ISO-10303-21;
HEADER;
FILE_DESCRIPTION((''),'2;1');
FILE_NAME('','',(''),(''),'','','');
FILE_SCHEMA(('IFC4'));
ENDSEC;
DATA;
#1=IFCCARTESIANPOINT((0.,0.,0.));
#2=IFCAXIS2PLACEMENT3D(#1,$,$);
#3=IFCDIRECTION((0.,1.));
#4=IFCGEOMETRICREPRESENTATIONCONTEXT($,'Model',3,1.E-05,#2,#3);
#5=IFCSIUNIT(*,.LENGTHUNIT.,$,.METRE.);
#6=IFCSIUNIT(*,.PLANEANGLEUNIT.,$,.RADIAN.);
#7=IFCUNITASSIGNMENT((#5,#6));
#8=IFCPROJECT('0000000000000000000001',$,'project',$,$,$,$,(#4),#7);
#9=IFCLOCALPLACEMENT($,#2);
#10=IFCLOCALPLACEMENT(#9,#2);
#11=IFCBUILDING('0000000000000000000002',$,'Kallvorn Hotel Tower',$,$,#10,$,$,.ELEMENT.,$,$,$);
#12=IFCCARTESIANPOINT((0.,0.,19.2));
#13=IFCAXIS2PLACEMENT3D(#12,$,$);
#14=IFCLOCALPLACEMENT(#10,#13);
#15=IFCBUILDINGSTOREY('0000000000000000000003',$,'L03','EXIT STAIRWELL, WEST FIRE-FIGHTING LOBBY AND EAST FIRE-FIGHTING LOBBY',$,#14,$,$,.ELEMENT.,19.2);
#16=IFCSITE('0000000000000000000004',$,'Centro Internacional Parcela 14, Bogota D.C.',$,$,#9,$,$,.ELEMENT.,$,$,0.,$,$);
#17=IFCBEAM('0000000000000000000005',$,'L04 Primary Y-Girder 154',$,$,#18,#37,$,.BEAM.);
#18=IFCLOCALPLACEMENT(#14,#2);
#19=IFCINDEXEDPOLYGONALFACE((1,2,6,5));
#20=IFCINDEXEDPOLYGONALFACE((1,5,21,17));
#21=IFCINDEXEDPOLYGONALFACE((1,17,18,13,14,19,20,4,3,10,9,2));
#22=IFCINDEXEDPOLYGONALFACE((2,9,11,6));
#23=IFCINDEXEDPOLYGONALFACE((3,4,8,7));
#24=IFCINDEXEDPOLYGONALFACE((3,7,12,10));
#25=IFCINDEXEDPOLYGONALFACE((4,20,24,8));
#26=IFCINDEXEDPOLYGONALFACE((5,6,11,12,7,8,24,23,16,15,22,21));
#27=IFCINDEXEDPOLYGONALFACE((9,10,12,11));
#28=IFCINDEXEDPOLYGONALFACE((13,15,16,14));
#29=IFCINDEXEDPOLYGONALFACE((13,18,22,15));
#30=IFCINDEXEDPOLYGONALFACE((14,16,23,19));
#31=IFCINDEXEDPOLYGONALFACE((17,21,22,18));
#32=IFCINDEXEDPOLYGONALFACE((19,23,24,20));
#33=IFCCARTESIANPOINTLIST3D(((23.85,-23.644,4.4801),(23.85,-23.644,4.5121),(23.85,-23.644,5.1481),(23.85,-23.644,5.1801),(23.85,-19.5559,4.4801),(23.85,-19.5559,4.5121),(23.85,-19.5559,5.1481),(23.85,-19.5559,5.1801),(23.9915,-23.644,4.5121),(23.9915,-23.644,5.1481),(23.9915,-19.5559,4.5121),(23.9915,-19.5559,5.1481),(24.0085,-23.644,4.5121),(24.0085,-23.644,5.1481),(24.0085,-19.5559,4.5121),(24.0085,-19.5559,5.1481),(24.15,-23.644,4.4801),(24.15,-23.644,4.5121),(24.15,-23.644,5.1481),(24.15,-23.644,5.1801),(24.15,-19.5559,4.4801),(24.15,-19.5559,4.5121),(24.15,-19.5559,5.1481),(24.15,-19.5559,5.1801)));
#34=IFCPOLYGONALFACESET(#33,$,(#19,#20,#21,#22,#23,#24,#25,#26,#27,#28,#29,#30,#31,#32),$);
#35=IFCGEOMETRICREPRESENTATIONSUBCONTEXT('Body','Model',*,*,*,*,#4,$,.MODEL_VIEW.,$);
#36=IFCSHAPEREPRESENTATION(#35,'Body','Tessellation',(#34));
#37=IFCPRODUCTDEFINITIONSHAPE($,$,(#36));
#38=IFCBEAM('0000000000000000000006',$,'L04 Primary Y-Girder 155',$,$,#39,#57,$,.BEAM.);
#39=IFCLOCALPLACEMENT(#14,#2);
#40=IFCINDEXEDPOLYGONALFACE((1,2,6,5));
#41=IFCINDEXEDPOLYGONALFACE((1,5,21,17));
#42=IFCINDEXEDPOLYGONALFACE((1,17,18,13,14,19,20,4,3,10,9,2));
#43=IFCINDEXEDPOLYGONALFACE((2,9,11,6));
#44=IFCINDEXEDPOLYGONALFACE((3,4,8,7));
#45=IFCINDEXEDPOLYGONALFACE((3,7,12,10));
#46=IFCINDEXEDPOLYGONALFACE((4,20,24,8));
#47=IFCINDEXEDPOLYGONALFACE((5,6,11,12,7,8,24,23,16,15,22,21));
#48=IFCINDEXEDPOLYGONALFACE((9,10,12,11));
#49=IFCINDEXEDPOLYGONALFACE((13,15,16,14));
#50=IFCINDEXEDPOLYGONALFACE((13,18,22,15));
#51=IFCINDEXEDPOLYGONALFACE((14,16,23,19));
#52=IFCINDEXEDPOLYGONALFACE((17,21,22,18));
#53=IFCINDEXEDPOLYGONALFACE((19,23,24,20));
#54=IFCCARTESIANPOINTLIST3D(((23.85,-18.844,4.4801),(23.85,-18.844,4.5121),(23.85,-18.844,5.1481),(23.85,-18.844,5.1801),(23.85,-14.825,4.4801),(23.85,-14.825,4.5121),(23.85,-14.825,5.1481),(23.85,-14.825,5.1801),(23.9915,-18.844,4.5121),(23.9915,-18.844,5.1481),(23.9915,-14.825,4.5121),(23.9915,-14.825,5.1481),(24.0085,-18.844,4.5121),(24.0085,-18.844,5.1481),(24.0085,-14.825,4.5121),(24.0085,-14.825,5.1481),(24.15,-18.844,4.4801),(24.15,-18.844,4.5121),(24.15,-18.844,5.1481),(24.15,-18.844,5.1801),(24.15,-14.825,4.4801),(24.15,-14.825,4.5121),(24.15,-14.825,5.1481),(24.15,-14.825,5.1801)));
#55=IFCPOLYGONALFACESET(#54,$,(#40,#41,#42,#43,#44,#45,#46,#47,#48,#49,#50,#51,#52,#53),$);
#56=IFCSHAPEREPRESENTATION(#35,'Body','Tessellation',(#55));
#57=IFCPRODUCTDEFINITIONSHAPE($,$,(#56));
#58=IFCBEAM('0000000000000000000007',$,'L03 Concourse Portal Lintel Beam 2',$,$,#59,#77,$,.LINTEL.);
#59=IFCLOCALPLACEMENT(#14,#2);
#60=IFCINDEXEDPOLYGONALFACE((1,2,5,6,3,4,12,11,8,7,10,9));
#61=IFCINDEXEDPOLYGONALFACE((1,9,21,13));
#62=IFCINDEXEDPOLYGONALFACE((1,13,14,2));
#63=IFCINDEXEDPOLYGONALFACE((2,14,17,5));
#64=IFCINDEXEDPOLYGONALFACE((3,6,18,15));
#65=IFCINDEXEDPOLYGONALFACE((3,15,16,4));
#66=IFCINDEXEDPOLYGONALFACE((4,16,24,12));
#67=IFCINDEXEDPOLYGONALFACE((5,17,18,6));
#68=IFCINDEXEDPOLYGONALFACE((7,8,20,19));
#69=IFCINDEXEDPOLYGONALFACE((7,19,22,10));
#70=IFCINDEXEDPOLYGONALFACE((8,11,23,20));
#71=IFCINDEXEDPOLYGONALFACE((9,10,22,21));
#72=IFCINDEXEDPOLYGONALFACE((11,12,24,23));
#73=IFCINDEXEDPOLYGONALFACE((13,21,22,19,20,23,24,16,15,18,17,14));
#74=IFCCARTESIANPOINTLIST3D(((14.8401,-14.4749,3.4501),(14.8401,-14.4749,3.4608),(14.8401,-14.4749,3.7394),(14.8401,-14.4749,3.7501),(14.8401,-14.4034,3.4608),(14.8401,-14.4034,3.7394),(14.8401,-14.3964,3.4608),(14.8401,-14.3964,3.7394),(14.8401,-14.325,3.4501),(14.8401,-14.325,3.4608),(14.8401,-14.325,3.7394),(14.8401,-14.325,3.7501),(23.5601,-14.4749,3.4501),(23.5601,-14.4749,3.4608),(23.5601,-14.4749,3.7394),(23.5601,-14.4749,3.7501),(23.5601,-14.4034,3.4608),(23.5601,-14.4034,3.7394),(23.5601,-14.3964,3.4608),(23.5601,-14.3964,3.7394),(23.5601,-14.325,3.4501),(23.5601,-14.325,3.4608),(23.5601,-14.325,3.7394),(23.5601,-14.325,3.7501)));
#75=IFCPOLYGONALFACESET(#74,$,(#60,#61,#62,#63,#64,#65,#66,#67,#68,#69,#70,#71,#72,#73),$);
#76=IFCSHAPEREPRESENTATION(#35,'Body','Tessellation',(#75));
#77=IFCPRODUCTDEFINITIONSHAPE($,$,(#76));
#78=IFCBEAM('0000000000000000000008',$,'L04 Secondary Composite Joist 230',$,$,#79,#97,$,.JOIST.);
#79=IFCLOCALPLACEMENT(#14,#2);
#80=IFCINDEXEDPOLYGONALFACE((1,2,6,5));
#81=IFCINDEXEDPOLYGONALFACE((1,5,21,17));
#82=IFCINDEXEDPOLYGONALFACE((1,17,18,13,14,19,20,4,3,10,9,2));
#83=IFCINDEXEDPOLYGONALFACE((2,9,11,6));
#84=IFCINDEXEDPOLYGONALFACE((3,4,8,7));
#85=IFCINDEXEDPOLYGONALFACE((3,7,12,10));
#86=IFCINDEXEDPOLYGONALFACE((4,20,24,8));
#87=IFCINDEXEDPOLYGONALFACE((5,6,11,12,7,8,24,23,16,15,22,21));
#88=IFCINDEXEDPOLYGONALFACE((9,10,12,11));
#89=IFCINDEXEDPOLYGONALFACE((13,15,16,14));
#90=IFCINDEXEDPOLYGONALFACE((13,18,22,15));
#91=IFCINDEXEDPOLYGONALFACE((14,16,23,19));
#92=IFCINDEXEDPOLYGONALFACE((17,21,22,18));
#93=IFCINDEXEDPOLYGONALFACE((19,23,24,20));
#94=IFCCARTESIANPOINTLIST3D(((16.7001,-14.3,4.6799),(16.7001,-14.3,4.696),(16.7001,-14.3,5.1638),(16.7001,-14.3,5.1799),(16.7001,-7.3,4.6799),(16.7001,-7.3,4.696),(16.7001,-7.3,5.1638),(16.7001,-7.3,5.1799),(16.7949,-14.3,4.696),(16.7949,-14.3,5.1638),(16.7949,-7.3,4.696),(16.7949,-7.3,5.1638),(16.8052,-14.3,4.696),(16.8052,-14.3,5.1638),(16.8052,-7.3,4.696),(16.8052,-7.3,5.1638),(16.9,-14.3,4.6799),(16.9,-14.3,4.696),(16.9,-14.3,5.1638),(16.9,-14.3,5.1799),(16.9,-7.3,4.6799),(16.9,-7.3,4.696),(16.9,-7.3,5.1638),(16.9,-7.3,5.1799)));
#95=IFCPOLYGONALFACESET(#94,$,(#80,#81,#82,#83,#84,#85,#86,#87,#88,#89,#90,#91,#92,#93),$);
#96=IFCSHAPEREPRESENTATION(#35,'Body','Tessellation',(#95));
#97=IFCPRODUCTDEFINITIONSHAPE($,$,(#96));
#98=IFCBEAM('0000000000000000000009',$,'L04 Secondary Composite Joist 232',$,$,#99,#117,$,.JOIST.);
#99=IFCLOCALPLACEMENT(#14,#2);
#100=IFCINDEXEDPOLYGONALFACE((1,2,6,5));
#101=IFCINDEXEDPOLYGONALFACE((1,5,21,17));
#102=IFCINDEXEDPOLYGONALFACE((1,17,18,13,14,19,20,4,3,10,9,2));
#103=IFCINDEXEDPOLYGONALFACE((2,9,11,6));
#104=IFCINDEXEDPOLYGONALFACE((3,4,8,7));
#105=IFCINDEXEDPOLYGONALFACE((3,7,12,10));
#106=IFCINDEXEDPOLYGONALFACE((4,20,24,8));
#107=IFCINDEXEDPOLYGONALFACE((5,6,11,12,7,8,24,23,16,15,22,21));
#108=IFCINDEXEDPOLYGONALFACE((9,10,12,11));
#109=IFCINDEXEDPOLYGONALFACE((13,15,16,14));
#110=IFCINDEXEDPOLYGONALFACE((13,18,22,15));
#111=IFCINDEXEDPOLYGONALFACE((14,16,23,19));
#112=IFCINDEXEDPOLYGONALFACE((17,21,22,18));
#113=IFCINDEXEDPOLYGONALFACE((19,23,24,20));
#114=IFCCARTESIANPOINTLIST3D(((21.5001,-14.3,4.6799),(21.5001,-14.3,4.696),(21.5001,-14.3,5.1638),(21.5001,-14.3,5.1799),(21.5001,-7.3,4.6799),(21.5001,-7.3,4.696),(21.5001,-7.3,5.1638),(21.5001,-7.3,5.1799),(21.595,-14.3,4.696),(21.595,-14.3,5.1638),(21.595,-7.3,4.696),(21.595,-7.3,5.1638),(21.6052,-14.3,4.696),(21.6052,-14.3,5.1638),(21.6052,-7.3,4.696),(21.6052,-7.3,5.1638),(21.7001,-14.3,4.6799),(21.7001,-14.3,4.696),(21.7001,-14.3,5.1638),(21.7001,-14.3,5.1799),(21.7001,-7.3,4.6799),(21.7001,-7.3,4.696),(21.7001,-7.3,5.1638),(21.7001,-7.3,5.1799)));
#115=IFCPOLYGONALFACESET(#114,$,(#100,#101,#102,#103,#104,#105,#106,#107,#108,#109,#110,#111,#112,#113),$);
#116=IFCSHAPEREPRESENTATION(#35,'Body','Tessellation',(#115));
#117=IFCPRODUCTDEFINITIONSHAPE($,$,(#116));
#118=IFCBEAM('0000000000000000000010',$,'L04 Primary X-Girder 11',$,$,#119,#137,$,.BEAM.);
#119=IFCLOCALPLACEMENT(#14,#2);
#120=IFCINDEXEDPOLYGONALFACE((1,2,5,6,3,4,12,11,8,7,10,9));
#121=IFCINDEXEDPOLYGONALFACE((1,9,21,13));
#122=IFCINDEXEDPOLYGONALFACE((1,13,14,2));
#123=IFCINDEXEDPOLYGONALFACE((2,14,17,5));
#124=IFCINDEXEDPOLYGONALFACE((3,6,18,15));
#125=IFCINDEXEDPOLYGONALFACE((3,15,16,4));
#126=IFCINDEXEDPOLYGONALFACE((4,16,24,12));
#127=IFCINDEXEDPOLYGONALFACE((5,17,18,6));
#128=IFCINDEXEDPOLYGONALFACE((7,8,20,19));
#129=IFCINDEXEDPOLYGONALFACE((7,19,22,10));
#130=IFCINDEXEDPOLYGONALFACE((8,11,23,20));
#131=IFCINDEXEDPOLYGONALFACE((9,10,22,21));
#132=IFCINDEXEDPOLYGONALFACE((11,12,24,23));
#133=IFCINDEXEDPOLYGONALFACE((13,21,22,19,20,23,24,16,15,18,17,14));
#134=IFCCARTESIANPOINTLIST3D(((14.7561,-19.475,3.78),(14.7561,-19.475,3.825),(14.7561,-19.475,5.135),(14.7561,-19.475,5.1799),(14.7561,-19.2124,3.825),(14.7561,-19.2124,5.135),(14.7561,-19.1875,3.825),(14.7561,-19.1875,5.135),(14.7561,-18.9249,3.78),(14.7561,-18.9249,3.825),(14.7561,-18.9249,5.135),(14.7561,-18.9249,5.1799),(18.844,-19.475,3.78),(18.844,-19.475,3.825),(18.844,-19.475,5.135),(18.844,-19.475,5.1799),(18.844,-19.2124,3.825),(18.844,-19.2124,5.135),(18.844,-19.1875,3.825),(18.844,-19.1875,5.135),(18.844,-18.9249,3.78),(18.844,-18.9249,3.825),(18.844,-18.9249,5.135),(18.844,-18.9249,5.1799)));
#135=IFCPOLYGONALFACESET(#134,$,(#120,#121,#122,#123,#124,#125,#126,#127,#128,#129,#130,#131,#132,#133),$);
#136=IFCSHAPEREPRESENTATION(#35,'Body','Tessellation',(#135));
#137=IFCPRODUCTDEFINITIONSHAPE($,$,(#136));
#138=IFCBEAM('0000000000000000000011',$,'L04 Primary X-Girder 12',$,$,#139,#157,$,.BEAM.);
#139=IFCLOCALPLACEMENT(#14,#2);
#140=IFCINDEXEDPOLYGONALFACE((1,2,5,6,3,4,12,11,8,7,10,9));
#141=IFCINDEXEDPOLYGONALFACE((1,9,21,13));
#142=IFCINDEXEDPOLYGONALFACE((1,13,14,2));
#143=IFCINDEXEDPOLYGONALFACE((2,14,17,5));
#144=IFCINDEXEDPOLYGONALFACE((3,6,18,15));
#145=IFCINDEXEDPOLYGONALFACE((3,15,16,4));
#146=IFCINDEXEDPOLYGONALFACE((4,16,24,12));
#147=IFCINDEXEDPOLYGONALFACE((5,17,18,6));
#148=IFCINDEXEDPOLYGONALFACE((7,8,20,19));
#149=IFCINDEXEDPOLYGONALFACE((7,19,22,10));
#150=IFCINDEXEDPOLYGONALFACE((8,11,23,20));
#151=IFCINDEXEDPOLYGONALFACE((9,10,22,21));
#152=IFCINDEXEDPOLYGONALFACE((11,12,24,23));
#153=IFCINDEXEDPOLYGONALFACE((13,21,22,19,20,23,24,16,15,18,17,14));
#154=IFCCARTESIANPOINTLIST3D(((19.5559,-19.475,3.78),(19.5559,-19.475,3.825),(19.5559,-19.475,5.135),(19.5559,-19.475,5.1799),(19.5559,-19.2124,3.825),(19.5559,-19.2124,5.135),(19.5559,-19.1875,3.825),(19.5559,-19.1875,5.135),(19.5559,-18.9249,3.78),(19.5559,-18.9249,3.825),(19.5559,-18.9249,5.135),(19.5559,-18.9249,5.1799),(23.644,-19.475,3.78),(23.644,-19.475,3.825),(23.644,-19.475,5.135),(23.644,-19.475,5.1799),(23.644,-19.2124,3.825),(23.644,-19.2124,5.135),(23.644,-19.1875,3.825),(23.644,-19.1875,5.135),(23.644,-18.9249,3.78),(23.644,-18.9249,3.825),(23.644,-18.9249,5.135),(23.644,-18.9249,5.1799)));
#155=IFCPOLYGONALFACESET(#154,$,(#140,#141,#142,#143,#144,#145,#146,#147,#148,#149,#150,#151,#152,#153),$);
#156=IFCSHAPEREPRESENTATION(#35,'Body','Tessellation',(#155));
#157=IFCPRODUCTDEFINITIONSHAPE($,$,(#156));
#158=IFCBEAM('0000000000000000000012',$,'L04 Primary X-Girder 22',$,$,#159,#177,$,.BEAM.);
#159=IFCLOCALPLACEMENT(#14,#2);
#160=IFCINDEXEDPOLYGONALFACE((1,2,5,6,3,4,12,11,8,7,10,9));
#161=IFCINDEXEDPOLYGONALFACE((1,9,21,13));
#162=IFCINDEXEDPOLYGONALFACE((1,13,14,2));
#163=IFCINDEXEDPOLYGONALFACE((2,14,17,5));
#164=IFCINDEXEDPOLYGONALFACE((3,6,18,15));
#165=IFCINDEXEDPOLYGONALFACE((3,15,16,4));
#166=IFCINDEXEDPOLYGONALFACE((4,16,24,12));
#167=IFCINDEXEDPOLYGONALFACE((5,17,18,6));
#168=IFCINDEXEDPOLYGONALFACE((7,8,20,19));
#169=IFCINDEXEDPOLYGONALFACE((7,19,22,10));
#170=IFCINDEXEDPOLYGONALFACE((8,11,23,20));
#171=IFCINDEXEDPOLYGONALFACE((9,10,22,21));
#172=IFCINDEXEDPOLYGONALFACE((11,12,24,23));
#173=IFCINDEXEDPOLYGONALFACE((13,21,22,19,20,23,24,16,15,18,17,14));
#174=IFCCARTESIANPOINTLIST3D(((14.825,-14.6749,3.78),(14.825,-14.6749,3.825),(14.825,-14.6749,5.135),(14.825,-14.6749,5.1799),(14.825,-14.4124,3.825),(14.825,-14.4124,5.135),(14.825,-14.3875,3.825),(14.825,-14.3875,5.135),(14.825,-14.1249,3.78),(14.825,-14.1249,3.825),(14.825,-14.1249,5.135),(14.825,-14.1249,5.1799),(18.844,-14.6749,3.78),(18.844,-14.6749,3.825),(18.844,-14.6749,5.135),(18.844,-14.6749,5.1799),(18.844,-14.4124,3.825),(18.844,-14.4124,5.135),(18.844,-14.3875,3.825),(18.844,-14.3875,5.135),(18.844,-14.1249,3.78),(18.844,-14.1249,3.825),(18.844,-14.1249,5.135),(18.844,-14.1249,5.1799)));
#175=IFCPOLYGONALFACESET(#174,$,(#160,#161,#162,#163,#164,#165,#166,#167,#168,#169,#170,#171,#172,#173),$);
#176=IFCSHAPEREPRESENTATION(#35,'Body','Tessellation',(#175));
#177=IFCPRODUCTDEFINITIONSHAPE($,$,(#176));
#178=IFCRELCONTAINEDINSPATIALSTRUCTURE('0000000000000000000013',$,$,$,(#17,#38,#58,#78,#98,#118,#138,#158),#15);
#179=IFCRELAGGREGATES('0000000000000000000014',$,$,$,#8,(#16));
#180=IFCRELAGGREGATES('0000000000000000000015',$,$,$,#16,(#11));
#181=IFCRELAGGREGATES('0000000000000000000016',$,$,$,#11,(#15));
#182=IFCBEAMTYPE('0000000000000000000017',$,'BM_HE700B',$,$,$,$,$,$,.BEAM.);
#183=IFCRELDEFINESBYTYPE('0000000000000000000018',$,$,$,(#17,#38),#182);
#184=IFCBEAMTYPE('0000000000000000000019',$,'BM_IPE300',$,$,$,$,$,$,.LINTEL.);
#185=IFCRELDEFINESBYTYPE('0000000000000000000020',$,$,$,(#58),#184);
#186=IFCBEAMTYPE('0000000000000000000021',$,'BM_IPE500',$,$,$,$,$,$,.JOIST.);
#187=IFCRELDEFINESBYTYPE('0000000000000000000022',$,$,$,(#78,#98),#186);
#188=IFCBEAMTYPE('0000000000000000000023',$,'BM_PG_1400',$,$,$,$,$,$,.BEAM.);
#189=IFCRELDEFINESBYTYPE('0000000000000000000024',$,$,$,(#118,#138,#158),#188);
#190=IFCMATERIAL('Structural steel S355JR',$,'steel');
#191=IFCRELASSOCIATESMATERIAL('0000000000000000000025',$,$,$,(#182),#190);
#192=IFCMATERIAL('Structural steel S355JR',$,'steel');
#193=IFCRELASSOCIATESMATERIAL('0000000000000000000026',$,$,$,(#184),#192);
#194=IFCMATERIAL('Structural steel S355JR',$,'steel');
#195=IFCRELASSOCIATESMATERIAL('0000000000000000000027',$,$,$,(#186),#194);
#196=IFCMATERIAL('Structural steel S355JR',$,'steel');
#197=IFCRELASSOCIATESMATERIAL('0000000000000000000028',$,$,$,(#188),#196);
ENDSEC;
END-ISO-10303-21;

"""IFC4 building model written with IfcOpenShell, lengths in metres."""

from ifc_helpers import new_model, si_unit, direction, frame, origin, origin_2d, place, context, subcontext, project, spatial, i_section, extrude, material, material_profile, profile_set, type_object, element, save


model = new_model("IFC4")

# Units and contexts
model_context = context("Model", 3, precision=1e-05, world=origin(), true_north=direction((0.0, 1.0)))
body_context = subcontext(model_context, "Body", "Model", "MODEL_VIEW")
ifc_project = project(units=[si_unit("LENGTHUNIT", "METRE"), si_unit("PLANEANGLEUNIT", "RADIAN")], contexts=[model_context])

# Site, building, storey
site_placement = place(None, origin())
site = spatial("IfcSite", under=ifc_project, at=site_placement, Name="Centro Internacional Parcela 14, Bogota D.C.", CompositionType="ELEMENT", RefElevation=0.0)
building_placement = place(site_placement, origin())
building = spatial("IfcBuilding", under=site, at=building_placement, Name="Kallvorn Hotel Tower", CompositionType="ELEMENT")
storey_placement = place(building_placement, frame((0.0, 0.0, 19.2)))
storey = spatial("IfcBuildingStorey", under=building, at=storey_placement, Name="L03", Description="EXIT STAIRWELL, WEST FIRE-FIGHTING LOBBY AND EAST FIRE-FIGHTING LOBBY", CompositionType="ELEMENT", Elevation=19.2)

# Beams
ifc_material_1 = material(Name="Structural steel S355JR", Category="steel")
ifc_material_profile_1 = material_profile(ifc_material_1, i_section(OverallWidth=0.3, OverallDepth=0.7, WebThickness=0.0171, FlangeThickness=0.032, at=origin_2d()), Name="HE 700 B")
ifc_profile_set_1 = profile_set([ifc_material_profile_1], Name="Structural steel S355JR")
beam_type_1 = type_object("IfcBeamType", Name="BM_HE700B", PredefinedType="BEAM", material=ifc_profile_set_1)
for number, where, z_axis, x_axis, name in (
    (1, (24.0, -23.644, 4.8301), (0.0, 1.0, 0.0), (-1.0, 0.0, 0.0), "L04 Primary Y-Girder 154"),
):
    element("IfcBeam", number, at=place(storey_placement, frame(where, z_axis=z_axis, x_axis=x_axis)), inside=storey, type_object=beam_type_1, Name=name, PredefinedType="BEAM", context=body_context, shape_type="SweptSolid", body=[
        extrude(i_section(OverallWidth=0.3, OverallDepth=0.7, WebThickness=0.0171, FlangeThickness=0.032, at=origin_2d()), origin(), (0.0, 0.0, 1.0), 4.0881),
    ])
beam_1_placement = place(storey_placement, frame((24.0, -18.844, 4.8301), z_axis=(0.0, 1.0, 0.0), x_axis=(-1.0, 0.0, 0.0)))
element("IfcBeam", 2, at=beam_1_placement, inside=storey, type_object=beam_type_1, Name="L04 Primary Y-Girder 155", PredefinedType="BEAM", context=body_context, shape_type="SweptSolid", body=[
    extrude(i_section(OverallWidth=0.3, OverallDepth=0.7, WebThickness=0.0171, FlangeThickness=0.032, at=origin_2d()), origin(), (0.0, 0.0, 1.0), 4.019),
])
ifc_material_2 = material(Name="Structural steel S355JR", Category="steel")
ifc_material_profile_2 = material_profile(ifc_material_2, i_section(OverallWidth=0.1499, OverallDepth=0.3, WebThickness=0.0071, FlangeThickness=0.0107, at=origin_2d()), Name="IPE 300")
ifc_profile_set_2 = profile_set([ifc_material_profile_2], Name="Structural steel S355JR")
beam_type_2 = type_object("IfcBeamType", Name="BM_IPE300", PredefinedType="LINTEL", material=ifc_profile_set_2)
beam_2_placement = place(storey_placement, frame((14.8401, -14.3999, 3.6001), z_axis=(1.0, 0.0, 0.0), x_axis=(0.0, 1.0, 0.0)))
element("IfcBeam", 3, at=beam_2_placement, inside=storey, type_object=beam_type_2, Name="L03 Concourse Portal Lintel Beam 2", PredefinedType="LINTEL", context=body_context, shape_type="SweptSolid", body=[
    extrude(i_section(OverallWidth=0.1499, OverallDepth=0.3, WebThickness=0.0071, FlangeThickness=0.0107, at=origin_2d()), origin(), (0.0, 0.0, 1.0), 8.72),
])
ifc_material_3 = material(Name="Structural steel S355JR", Category="steel")
ifc_material_profile_3 = material_profile(ifc_material_3, i_section(OverallWidth=0.2, OverallDepth=0.5, WebThickness=0.0103, FlangeThickness=0.0161, at=origin_2d()), Name="IPE 500")
ifc_profile_set_3 = profile_set([ifc_material_profile_3], Name="Structural steel S355JR")
beam_type_3 = type_object("IfcBeamType", Name="BM_IPE500", PredefinedType="JOIST", material=ifc_profile_set_3)
for number, where, z_axis, x_axis, name in (
    (4, (16.8, -14.3, 4.9299), (0.0, 1.0, 0.0), (-1.0, 0.0, 0.0), "L04 Secondary Composite Joist 230"),
    (5, (21.6001, -14.3, 4.9299), (0.0, 1.0, 0.0), (-1.0, 0.0, 0.0), "L04 Secondary Composite Joist 232"),
):
    element("IfcBeam", number, at=place(storey_placement, frame(where, z_axis=z_axis, x_axis=x_axis)), inside=storey, type_object=beam_type_3, Name=name, PredefinedType="JOIST", context=body_context, shape_type="SweptSolid", body=[
        extrude(i_section(OverallWidth=0.2, OverallDepth=0.5, WebThickness=0.0103, FlangeThickness=0.0161, at=origin_2d()), origin(), (0.0, 0.0, 1.0), 7.0),
    ])
ifc_material_4 = material(Name="Structural steel S355JR", Category="steel")
ifc_material_profile_4 = material_profile(ifc_material_4, i_section(OverallWidth=0.55, OverallDepth=1.3999, WebThickness=0.0249, FlangeThickness=0.0449, at=origin_2d()), Name="PG 1400x550x25x45")
ifc_profile_set_4 = profile_set([ifc_material_profile_4], Name="Structural steel S355JR")
beam_type_4 = type_object("IfcBeamType", Name="BM_PG_1400", PredefinedType="BEAM", material=ifc_profile_set_4)
beam_3_placement = place(storey_placement, frame((14.7561, -19.2, 4.48), z_axis=(1.0, 0.0, 0.0), x_axis=(0.0, 1.0, 0.0)))
element("IfcBeam", 6, at=beam_3_placement, inside=storey, type_object=beam_type_4, Name="L04 Primary X-Girder 11", PredefinedType="BEAM", context=body_context, shape_type="SweptSolid", body=[
    extrude(i_section(OverallWidth=0.55, OverallDepth=1.3999, WebThickness=0.0249, FlangeThickness=0.0449, at=origin_2d()), origin(), (0.0, 0.0, 1.0), 4.0879),
])
beam_4_placement = place(storey_placement, frame((19.5559, -19.2, 4.48), z_axis=(1.0, 0.0, 0.0), x_axis=(0.0, 1.0, 0.0)))
element("IfcBeam", 7, at=beam_4_placement, inside=storey, type_object=beam_type_4, Name="L04 Primary X-Girder 12", PredefinedType="BEAM", context=body_context, shape_type="SweptSolid", body=[
    extrude(i_section(OverallWidth=0.55, OverallDepth=1.3999, WebThickness=0.0249, FlangeThickness=0.0449, at=origin_2d()), origin(), (0.0, 0.0, 1.0), 4.0881),
])
for number, where, z_axis, x_axis, name in (
    (8, (14.825, -14.3999, 4.48), (1.0, 0.0, 0.0), (0.0, 1.0, 0.0), "L04 Primary X-Girder 22"),
):
    element("IfcBeam", number, at=place(storey_placement, frame(where, z_axis=z_axis, x_axis=x_axis)), inside=storey, type_object=beam_type_4, Name=name, PredefinedType="BEAM", context=body_context, shape_type="SweptSolid", body=[
        extrude(i_section(OverallWidth=0.55, OverallDepth=1.3999, WebThickness=0.0249, FlangeThickness=0.0449, at=origin_2d()), origin(), (0.0, 0.0, 1.0), 4.019),
    ])

save(model, "model.ifc")
